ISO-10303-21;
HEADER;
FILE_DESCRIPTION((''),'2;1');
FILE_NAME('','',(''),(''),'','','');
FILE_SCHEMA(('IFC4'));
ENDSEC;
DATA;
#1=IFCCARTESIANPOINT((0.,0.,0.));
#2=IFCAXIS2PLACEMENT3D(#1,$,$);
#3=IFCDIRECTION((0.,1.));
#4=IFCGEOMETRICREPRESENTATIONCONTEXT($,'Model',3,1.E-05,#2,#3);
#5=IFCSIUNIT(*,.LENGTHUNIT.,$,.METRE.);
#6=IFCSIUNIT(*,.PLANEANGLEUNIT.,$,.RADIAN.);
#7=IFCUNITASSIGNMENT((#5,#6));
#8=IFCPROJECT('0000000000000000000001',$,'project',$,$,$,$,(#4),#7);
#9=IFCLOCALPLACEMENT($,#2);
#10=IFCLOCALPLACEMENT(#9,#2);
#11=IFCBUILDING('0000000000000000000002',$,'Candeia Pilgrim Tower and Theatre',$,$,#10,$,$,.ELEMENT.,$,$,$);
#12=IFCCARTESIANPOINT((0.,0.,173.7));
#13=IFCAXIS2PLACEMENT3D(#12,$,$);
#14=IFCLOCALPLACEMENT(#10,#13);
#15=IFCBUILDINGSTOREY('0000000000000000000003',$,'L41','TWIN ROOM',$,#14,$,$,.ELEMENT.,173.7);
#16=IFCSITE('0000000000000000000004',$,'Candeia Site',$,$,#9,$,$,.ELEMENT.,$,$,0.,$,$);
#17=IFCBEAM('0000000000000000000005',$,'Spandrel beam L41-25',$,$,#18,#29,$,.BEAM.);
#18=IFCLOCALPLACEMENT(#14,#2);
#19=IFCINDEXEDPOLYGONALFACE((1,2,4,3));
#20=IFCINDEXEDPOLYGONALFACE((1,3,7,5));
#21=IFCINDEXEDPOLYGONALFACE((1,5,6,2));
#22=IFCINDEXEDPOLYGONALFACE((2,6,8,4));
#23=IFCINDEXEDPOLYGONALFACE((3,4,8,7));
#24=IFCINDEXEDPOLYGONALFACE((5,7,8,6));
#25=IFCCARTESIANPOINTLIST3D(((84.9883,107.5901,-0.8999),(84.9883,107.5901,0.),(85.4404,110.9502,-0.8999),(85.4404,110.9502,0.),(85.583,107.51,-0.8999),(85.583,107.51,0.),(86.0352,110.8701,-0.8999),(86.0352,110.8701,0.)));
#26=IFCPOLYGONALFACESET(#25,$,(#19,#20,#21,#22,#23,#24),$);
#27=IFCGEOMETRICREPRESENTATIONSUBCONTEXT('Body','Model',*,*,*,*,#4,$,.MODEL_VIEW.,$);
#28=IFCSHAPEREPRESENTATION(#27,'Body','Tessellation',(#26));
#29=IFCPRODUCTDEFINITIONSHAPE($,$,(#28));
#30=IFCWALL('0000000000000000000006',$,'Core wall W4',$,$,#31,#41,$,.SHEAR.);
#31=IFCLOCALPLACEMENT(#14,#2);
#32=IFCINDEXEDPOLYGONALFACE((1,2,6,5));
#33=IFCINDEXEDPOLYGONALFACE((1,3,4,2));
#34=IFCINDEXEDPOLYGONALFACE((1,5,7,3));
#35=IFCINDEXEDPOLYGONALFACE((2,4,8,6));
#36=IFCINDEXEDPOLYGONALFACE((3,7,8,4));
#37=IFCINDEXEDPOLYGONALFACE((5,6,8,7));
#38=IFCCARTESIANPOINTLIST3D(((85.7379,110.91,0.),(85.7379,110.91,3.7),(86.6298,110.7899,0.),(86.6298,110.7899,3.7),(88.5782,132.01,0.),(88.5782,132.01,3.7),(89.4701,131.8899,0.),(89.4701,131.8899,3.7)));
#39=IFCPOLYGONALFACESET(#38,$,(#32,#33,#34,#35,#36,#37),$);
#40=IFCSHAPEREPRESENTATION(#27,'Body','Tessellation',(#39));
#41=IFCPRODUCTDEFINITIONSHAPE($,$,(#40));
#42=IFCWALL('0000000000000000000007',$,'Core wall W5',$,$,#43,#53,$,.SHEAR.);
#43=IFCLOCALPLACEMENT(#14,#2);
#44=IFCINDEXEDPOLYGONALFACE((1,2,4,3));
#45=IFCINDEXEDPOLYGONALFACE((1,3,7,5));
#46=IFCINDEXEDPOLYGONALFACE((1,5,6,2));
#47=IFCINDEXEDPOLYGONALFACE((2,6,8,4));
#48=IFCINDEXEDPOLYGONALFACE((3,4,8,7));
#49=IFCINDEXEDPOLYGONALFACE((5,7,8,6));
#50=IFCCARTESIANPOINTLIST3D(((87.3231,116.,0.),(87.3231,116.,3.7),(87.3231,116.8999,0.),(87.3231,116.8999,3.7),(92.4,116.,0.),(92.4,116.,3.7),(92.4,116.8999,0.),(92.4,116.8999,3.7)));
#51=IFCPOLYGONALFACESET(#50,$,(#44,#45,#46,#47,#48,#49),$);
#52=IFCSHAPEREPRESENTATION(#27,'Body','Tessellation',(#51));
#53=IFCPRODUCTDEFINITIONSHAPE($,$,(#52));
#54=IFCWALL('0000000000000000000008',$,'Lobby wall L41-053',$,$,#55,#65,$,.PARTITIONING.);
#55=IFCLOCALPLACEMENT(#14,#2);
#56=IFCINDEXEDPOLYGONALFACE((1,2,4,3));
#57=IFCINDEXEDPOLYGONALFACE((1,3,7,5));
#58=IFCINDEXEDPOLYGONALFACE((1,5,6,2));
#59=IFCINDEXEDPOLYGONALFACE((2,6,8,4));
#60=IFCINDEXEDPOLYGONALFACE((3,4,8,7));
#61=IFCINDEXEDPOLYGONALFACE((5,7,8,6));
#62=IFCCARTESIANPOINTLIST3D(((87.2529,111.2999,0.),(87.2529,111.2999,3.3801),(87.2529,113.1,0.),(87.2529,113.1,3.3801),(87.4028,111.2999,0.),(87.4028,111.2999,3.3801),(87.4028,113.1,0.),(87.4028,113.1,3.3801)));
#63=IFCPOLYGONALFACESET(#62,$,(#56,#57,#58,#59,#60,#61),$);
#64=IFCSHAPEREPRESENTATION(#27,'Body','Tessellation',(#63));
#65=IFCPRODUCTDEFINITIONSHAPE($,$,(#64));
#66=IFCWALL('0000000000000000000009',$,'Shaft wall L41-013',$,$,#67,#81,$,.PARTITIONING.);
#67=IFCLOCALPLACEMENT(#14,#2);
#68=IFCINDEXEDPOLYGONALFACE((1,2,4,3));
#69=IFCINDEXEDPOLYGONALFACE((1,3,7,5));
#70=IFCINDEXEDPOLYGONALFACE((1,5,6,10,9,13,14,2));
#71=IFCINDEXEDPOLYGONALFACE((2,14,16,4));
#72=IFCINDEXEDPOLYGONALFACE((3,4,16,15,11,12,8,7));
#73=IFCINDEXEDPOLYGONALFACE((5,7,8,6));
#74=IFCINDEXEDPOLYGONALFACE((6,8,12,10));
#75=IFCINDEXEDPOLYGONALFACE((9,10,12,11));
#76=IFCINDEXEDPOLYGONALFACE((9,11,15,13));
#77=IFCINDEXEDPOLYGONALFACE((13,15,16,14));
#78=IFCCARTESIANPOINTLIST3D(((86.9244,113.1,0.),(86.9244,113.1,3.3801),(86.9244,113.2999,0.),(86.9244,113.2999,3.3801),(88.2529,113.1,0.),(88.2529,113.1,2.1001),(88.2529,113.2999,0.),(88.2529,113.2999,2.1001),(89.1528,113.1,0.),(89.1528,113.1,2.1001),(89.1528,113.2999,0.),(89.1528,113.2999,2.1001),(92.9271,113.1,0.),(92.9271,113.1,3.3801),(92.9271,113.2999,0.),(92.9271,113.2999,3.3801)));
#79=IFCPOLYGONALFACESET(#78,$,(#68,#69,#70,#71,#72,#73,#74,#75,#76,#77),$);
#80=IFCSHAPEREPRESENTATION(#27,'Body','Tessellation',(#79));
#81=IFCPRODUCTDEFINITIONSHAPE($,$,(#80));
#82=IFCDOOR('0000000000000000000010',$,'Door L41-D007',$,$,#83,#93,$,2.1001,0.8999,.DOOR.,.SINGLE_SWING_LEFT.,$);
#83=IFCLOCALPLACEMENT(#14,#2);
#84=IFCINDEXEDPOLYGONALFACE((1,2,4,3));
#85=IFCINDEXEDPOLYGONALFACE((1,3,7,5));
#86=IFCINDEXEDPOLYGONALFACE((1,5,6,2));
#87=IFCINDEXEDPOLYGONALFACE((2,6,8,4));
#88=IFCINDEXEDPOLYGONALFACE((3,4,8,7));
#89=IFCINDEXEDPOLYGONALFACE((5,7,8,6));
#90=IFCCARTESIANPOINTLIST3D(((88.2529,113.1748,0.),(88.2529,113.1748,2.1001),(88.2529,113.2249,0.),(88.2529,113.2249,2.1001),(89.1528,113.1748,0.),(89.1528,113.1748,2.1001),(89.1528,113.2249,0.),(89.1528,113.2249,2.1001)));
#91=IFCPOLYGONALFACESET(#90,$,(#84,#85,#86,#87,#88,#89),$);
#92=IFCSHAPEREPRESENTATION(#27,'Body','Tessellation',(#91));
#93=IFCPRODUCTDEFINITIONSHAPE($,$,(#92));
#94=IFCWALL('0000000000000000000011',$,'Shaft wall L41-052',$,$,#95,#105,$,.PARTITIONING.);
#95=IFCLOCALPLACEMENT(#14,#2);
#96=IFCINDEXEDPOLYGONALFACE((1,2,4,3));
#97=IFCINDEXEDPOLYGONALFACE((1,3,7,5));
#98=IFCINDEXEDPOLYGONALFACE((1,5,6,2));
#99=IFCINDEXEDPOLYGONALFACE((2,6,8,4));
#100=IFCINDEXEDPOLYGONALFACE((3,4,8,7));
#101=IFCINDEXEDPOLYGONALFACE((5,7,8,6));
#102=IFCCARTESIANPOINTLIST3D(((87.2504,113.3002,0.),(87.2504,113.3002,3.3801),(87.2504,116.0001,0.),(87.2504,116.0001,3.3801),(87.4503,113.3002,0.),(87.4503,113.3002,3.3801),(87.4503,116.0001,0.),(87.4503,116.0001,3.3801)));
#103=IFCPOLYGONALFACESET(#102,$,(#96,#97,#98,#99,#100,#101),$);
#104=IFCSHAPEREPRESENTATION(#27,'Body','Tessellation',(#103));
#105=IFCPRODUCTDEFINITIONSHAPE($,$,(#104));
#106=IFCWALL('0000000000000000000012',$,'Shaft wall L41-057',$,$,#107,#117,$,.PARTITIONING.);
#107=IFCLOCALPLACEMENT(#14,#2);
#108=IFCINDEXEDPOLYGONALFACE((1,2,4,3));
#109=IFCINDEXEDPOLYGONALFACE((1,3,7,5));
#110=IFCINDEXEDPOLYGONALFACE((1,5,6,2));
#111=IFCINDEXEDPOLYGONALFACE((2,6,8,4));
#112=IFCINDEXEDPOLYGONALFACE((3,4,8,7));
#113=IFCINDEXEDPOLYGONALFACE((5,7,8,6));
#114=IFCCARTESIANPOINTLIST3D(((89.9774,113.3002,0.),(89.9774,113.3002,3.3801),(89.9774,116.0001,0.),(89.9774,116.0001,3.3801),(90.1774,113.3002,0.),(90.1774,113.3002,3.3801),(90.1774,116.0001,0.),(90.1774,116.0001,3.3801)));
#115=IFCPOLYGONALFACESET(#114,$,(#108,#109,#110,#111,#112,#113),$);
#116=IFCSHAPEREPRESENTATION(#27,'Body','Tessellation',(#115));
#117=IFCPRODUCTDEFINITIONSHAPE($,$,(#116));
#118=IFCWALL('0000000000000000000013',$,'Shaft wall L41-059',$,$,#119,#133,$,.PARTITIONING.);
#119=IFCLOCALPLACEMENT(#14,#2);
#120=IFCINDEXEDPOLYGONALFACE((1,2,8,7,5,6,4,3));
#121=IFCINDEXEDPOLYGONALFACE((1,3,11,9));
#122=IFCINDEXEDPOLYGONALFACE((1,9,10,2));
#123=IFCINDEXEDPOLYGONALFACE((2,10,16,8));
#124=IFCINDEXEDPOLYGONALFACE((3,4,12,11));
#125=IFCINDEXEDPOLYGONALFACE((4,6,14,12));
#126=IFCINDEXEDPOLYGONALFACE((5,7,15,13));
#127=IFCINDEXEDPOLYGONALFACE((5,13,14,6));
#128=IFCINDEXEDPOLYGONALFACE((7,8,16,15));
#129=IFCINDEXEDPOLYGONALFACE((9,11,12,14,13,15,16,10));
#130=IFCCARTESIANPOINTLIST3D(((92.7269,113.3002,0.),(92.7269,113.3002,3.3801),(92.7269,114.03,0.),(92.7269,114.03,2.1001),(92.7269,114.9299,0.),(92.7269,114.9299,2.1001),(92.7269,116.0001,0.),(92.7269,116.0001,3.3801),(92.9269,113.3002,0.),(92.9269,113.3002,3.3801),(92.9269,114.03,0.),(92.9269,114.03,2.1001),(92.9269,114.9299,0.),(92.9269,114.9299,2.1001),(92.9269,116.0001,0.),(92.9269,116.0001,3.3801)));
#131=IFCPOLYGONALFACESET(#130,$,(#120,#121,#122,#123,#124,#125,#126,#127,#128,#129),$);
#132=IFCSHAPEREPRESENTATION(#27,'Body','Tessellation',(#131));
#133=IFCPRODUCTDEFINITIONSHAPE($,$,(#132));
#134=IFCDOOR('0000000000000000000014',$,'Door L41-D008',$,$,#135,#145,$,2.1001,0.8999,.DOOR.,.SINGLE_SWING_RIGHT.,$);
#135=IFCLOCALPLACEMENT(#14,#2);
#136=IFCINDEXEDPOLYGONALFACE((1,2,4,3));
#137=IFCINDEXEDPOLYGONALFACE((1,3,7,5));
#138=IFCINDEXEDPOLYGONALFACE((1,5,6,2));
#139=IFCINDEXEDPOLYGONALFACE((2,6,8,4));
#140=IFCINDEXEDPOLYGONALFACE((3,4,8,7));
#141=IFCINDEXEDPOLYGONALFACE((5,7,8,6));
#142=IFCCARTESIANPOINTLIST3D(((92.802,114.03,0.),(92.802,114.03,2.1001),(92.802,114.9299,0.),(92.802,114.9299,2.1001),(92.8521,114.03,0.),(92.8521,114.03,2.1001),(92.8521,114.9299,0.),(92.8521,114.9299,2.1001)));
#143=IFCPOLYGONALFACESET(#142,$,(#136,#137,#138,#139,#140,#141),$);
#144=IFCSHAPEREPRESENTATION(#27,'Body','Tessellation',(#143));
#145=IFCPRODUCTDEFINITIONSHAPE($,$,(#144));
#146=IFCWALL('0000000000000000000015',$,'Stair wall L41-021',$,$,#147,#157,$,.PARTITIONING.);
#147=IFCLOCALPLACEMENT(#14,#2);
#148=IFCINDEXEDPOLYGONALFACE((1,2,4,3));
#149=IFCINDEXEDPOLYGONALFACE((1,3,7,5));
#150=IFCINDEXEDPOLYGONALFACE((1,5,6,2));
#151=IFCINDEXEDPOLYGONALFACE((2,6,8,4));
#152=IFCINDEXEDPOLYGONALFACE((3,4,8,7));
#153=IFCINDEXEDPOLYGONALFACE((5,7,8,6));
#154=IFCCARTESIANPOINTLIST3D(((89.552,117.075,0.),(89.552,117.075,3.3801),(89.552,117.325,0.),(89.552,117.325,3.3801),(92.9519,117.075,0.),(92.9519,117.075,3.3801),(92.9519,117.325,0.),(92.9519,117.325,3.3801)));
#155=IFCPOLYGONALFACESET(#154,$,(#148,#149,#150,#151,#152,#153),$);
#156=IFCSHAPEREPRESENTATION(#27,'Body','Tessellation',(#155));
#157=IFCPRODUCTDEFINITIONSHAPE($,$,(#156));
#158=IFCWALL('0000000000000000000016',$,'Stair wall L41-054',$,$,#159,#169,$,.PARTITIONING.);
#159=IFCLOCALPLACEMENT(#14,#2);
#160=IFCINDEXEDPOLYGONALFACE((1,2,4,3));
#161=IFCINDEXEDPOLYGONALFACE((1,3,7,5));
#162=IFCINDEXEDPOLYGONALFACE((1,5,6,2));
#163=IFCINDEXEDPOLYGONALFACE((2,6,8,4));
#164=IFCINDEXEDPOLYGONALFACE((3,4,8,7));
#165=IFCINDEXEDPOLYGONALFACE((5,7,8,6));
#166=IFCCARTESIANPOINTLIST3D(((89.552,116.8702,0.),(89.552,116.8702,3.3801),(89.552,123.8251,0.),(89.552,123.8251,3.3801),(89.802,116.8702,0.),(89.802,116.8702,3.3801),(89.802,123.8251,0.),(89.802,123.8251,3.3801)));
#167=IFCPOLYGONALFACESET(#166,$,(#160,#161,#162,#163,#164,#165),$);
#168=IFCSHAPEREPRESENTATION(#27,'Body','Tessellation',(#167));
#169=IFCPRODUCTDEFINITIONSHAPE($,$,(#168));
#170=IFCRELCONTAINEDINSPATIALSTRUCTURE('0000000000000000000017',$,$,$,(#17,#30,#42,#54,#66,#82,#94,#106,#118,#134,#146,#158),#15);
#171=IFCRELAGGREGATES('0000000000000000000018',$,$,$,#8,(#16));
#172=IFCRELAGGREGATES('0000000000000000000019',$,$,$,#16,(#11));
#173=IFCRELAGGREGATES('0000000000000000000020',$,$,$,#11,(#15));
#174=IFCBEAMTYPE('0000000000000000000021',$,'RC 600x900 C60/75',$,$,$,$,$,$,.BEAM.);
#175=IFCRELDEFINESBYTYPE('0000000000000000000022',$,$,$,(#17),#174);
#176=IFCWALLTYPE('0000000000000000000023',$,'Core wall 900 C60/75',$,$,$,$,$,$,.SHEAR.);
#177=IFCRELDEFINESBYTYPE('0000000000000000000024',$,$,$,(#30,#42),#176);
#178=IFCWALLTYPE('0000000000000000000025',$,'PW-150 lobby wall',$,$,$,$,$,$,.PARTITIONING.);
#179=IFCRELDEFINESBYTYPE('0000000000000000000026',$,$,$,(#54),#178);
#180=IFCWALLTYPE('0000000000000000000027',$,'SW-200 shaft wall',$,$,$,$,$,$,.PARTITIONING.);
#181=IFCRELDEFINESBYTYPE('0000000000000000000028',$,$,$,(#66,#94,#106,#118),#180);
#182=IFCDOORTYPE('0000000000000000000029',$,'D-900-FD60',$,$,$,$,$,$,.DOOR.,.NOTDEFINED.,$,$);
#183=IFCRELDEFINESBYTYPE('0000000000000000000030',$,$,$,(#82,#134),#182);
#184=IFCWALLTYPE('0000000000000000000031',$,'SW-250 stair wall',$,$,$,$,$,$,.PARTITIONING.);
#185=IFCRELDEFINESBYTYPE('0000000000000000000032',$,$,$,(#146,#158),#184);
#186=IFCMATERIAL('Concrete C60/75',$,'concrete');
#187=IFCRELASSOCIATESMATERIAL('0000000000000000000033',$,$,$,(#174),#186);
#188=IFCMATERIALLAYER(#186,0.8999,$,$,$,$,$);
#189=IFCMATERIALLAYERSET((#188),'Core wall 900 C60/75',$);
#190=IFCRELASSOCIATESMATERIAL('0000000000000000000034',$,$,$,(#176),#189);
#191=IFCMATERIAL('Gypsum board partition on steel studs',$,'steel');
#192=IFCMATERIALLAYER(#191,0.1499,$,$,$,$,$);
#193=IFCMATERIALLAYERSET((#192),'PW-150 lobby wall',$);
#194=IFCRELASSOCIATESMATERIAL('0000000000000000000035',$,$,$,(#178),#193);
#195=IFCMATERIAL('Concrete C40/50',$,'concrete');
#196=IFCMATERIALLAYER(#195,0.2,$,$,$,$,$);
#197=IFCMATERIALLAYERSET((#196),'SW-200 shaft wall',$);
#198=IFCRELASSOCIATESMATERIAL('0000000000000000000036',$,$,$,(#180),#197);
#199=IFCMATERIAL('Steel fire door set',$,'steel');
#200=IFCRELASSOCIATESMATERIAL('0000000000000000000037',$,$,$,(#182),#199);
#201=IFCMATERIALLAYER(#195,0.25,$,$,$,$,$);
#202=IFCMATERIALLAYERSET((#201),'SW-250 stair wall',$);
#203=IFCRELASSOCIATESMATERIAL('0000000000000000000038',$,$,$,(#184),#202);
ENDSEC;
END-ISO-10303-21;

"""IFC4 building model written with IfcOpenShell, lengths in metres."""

from ifc_helpers import new_model, si_unit, direction, frame, frame_2d, origin, origin_2d, place, context, subcontext, project, spatial, rectangle, extrude, material, layer, layer_set, material_profile, profile_set, type_object, element, fill, save


model = new_model("IFC4")

# Units and contexts
model_context = context("Model", 3, precision=1e-05, world=origin(), true_north=direction((0.0, 1.0)))
body_context = subcontext(model_context, "Body", "Model", "MODEL_VIEW")
ifc_project = project(units=[si_unit("LENGTHUNIT", "METRE"), si_unit("PLANEANGLEUNIT", "RADIAN")], contexts=[model_context])

# Site, building, storey
site_placement = place(None, origin())
site = spatial("IfcSite", under=ifc_project, at=site_placement, Name="Candeia Site", CompositionType="ELEMENT", RefElevation=0.0)
building_placement = place(site_placement, origin())
building = spatial("IfcBuilding", under=site, at=building_placement, Name="Candeia Pilgrim Tower and Theatre", CompositionType="ELEMENT")
storey_placement = place(building_placement, frame((0.0, 0.0, 173.7)))
storey = spatial("IfcBuildingStorey", under=building, at=storey_placement, Name="L41", Description="TWIN ROOM", CompositionType="ELEMENT", Elevation=173.7)

# Beam
ifc_material_1 = material(Name="Concrete C60/75", Category="concrete")
ifc_material_profile = material_profile(ifc_material_1, rectangle(XDim=0.6001, YDim=0.8999, at=origin_2d()))
ifc_profile_set = profile_set([ifc_material_profile], Name="Concrete C60/75")
beam_type = type_object("IfcBeamType", Name="RC 600x900 C60/75", PredefinedType="BEAM", material=ifc_profile_set)
beam_placement = place(storey_placement, frame((85.7378, 110.9102, -0.45), z_axis=(-0.133362, -0.991067, 0.0), x_axis=(0.991067, -0.133362, 0.0)))
element("IfcBeam", 1, at=beam_placement, inside=storey, type_object=beam_type, Name="Spandrel beam L41-25", PredefinedType="BEAM", context=body_context, shape_type="SweptSolid", body=[
    extrude(rectangle(XDim=0.6001, YDim=0.8999, at=origin_2d()), origin(), (0.0, 0.0, 1.0), 3.3904),
])

# Walls
ifc_layer_1 = layer(ifc_material_1, 0.8999)
ifc_layer_set_1 = layer_set([ifc_layer_1], Name="Core wall 900 C60/75")
wall_type_1 = type_object("IfcWallType", Name="Core wall 900 C60/75", PredefinedType="SHEAR", material=ifc_layer_set_1)
wall_1_placement = place(storey_placement, frame((86.1838, 110.8501, 0.0), z_axis=(0.0, 0.0, 1.0), x_axis=(0.13341, 0.991061, 0.0)))
element("IfcWall", 2, at=wall_1_placement, inside=storey, type_object=wall_type_1, Name="Core wall W4", PredefinedType="SHEAR", context=body_context, shape_type="SweptSolid", body=[
    extrude(rectangle(XDim=21.2903, YDim=0.8999, at=frame_2d((10.645, 0.0))), origin(), (0.0, 0.0, 1.0), 3.7),
])
wall_2_placement = place(storey_placement, frame((87.323, 116.45, 0.0), z_axis=(0.0, 0.0, 1.0), x_axis=(1.0, 0.0, 0.0)))
element("IfcWall", 3, at=wall_2_placement, inside=storey, type_object=wall_type_1, Name="Core wall W5", PredefinedType="SHEAR", context=body_context, shape_type="SweptSolid", body=[
    extrude(rectangle(XDim=5.0769, YDim=0.8999, at=frame_2d((2.5386, 0.0))), origin(), (0.0, 0.0, 1.0), 3.7),
])
ifc_material_2 = material(Name="Gypsum board partition on steel studs", Category="steel")
ifc_layer_2 = layer(ifc_material_2, 0.1499)
ifc_layer_set_2 = layer_set([ifc_layer_2], Name="PW-150 lobby wall")
wall_type_2 = type_object("IfcWallType", Name="PW-150 lobby wall", PredefinedType="PARTITIONING", material=ifc_layer_set_2)
wall_3_placement = place(storey_placement, frame((87.3279, 111.3, 0.0), z_axis=(0.0, 0.0, 1.0), x_axis=(0.0, 1.0, 0.0)))
element("IfcWall", 4, at=wall_3_placement, inside=storey, type_object=wall_type_2, Name="Lobby wall L41-053", PredefinedType="PARTITIONING", context=body_context, shape_type="SweptSolid", body=[
    extrude(rectangle(XDim=1.8, YDim=0.1499, at=frame_2d((0.8999, 0.0))), origin(), (0.0, 0.0, 1.0), 3.3801),
])

# Wall, opening, door
ifc_material_3 = material(Name="Concrete C40/50", Category="concrete")
ifc_layer_3 = layer(ifc_material_3, 0.2)
ifc_layer_set_3 = layer_set([ifc_layer_3], Name="SW-200 shaft wall")
wall_type_3 = type_object("IfcWallType", Name="SW-200 shaft wall", PredefinedType="PARTITIONING", material=ifc_layer_set_3)
wall_4_placement = place(storey_placement, frame((86.9243, 113.2, 0.0), z_axis=(0.0, 0.0, 1.0), x_axis=(1.0, 0.0, 0.0)))
wall_4 = element("IfcWall", 5, at=wall_4_placement, inside=storey, type_object=wall_type_3, Name="Shaft wall L41-013", PredefinedType="PARTITIONING", context=body_context, shape_type="SweptSolid", body=[
    extrude(rectangle(XDim=6.0027, YDim=0.2, at=frame_2d((3.0015, 0.0))), origin(), (0.0, 0.0, 1.0), 3.3801),
])
opening_1_placement = place(wall_4_placement, frame((1.3286, 0.0, 0.0)))
opening_1 = element("IfcOpeningElement", 6, at=opening_1_placement, cuts=wall_4, PredefinedType="OPENING", context=body_context, shape_type="SweptSolid", body=[
    extrude(rectangle(XDim=0.8999, YDim=2.1001, at=frame_2d((0.45, 1.05))), frame((0.0, 0.1099, 0.0), z_axis=(0.0, -1.0, 0.0), x_axis=(1.0, 0.0, 0.0)), (0.0, 0.0, 1.0), 0.22),
])
ifc_material_4 = material(Name="Steel fire door set", Category="steel")
door_type = type_object("IfcDoorType", Name="D-900-FD60", OperationType="NOTDEFINED", PredefinedType="DOOR", material=ifc_material_4)
door_1_placement = place(opening_1_placement, origin())
door_1 = element("IfcDoor", 7, at=door_1_placement, inside=storey, type_object=door_type, Name="Door L41-D007", OperationType="SINGLE_SWING_LEFT", OverallHeight=2.1001, OverallWidth=0.8999, PredefinedType="DOOR", context=body_context, shape_type="SweptSolid", body=[
    extrude(rectangle(XDim=0.8999, YDim=2.1001, at=frame_2d((0.45, 1.05))), frame((0.0, 0.0249, 0.0), z_axis=(0.0, -1.0, 0.0), x_axis=(1.0, 0.0, 0.0)), (0.0, 0.0, 1.0), 0.05),
])
fill(opening_1, door_1)

# Walls
for number, where, z_axis, x_axis, name in (
    (8, (87.3503, 113.3, 0.0), (0.0, 0.0, 1.0), (0.0, 1.0, 0.0), "Shaft wall L41-052"),
    (9, (90.0774, 113.3, 0.0), (0.0, 0.0, 1.0), (0.0, 1.0, 0.0), "Shaft wall L41-057"),
):
    element("IfcWall", number, at=place(storey_placement, frame(where, z_axis=z_axis, x_axis=x_axis)), inside=storey, type_object=wall_type_3, Name=name, PredefinedType="PARTITIONING", context=body_context, shape_type="SweptSolid", body=[
        extrude(rectangle(XDim=2.7, YDim=0.2, at=frame_2d((1.3501, 0.0))), origin(), (0.0, 0.0, 1.0), 3.3801),
    ])

# Wall, opening, door
wall_5_placement = place(storey_placement, frame((92.8269, 113.3, 0.0), z_axis=(0.0, 0.0, 1.0), x_axis=(0.0, 1.0, 0.0)))
wall_5 = element("IfcWall", 10, at=wall_5_placement, inside=storey, type_object=wall_type_3, Name="Shaft wall L41-059", PredefinedType="PARTITIONING", context=body_context, shape_type="SweptSolid", body=[
    extrude(rectangle(XDim=2.7, YDim=0.2, at=frame_2d((1.3501, 0.0))), origin(), (0.0, 0.0, 1.0), 3.3801),
])
opening_2_placement = place(wall_5_placement, frame((0.73, 0.0, 0.0)))
opening_2 = element("IfcOpeningElement", 11, at=opening_2_placement, cuts=wall_5, PredefinedType="OPENING", context=body_context, shape_type="SweptSolid", body=[
    extrude(rectangle(XDim=0.8999, YDim=2.1001, at=frame_2d((0.45, 1.05))), frame((0.0, 0.1099, 0.0), z_axis=(0.0, -1.0, 0.0), x_axis=(1.0, 0.0, 0.0)), (0.0, 0.0, 1.0), 0.22),
])
door_2_placement = place(opening_2_placement, origin())
door_2 = element("IfcDoor", 12, at=door_2_placement, inside=storey, type_object=door_type, Name="Door L41-D008", OperationType="SINGLE_SWING_RIGHT", OverallHeight=2.1001, OverallWidth=0.8999, PredefinedType="DOOR", context=body_context, shape_type="SweptSolid", body=[
    extrude(rectangle(XDim=0.8999, YDim=2.1001, at=frame_2d((0.45, 1.05))), frame((0.0, 0.0249, 0.0), z_axis=(0.0, -1.0, 0.0), x_axis=(1.0, 0.0, 0.0)), (0.0, 0.0, 1.0), 0.05),
])
fill(opening_2, door_2)

# Walls
ifc_layer_4 = layer(ifc_material_3, 0.25)
ifc_layer_set_4 = layer_set([ifc_layer_4], Name="SW-250 stair wall")
wall_type_4 = type_object("IfcWallType", Name="SW-250 stair wall", PredefinedType="PARTITIONING", material=ifc_layer_set_4)
wall_6_placement = place(storey_placement, frame((89.552, 117.2, 0.0), z_axis=(0.0, 0.0, 1.0), x_axis=(1.0, 0.0, 0.0)))
element("IfcWall", 13, at=wall_6_placement, inside=storey, type_object=wall_type_4, Name="Stair wall L41-021", PredefinedType="PARTITIONING", context=body_context, shape_type="SweptSolid", body=[
    extrude(rectangle(XDim=3.3999, YDim=0.25, at=frame_2d((1.7, 0.0))), origin(), (0.0, 0.0, 1.0), 3.3801),
])
wall_7_placement = place(storey_placement, frame((89.677, 116.8701, 0.0), z_axis=(0.0, 0.0, 1.0), x_axis=(0.0, 1.0, 0.0)))
element("IfcWall", 14, at=wall_7_placement, inside=storey, type_object=wall_type_4, Name="Stair wall L41-054", PredefinedType="PARTITIONING", context=body_context, shape_type="SweptSolid", body=[
    extrude(rectangle(XDim=6.9548, YDim=0.25, at=frame_2d((3.4775, 0.0))), origin(), (0.0, 0.0, 1.0), 3.3801),
])

save(model, "model.ifc")
